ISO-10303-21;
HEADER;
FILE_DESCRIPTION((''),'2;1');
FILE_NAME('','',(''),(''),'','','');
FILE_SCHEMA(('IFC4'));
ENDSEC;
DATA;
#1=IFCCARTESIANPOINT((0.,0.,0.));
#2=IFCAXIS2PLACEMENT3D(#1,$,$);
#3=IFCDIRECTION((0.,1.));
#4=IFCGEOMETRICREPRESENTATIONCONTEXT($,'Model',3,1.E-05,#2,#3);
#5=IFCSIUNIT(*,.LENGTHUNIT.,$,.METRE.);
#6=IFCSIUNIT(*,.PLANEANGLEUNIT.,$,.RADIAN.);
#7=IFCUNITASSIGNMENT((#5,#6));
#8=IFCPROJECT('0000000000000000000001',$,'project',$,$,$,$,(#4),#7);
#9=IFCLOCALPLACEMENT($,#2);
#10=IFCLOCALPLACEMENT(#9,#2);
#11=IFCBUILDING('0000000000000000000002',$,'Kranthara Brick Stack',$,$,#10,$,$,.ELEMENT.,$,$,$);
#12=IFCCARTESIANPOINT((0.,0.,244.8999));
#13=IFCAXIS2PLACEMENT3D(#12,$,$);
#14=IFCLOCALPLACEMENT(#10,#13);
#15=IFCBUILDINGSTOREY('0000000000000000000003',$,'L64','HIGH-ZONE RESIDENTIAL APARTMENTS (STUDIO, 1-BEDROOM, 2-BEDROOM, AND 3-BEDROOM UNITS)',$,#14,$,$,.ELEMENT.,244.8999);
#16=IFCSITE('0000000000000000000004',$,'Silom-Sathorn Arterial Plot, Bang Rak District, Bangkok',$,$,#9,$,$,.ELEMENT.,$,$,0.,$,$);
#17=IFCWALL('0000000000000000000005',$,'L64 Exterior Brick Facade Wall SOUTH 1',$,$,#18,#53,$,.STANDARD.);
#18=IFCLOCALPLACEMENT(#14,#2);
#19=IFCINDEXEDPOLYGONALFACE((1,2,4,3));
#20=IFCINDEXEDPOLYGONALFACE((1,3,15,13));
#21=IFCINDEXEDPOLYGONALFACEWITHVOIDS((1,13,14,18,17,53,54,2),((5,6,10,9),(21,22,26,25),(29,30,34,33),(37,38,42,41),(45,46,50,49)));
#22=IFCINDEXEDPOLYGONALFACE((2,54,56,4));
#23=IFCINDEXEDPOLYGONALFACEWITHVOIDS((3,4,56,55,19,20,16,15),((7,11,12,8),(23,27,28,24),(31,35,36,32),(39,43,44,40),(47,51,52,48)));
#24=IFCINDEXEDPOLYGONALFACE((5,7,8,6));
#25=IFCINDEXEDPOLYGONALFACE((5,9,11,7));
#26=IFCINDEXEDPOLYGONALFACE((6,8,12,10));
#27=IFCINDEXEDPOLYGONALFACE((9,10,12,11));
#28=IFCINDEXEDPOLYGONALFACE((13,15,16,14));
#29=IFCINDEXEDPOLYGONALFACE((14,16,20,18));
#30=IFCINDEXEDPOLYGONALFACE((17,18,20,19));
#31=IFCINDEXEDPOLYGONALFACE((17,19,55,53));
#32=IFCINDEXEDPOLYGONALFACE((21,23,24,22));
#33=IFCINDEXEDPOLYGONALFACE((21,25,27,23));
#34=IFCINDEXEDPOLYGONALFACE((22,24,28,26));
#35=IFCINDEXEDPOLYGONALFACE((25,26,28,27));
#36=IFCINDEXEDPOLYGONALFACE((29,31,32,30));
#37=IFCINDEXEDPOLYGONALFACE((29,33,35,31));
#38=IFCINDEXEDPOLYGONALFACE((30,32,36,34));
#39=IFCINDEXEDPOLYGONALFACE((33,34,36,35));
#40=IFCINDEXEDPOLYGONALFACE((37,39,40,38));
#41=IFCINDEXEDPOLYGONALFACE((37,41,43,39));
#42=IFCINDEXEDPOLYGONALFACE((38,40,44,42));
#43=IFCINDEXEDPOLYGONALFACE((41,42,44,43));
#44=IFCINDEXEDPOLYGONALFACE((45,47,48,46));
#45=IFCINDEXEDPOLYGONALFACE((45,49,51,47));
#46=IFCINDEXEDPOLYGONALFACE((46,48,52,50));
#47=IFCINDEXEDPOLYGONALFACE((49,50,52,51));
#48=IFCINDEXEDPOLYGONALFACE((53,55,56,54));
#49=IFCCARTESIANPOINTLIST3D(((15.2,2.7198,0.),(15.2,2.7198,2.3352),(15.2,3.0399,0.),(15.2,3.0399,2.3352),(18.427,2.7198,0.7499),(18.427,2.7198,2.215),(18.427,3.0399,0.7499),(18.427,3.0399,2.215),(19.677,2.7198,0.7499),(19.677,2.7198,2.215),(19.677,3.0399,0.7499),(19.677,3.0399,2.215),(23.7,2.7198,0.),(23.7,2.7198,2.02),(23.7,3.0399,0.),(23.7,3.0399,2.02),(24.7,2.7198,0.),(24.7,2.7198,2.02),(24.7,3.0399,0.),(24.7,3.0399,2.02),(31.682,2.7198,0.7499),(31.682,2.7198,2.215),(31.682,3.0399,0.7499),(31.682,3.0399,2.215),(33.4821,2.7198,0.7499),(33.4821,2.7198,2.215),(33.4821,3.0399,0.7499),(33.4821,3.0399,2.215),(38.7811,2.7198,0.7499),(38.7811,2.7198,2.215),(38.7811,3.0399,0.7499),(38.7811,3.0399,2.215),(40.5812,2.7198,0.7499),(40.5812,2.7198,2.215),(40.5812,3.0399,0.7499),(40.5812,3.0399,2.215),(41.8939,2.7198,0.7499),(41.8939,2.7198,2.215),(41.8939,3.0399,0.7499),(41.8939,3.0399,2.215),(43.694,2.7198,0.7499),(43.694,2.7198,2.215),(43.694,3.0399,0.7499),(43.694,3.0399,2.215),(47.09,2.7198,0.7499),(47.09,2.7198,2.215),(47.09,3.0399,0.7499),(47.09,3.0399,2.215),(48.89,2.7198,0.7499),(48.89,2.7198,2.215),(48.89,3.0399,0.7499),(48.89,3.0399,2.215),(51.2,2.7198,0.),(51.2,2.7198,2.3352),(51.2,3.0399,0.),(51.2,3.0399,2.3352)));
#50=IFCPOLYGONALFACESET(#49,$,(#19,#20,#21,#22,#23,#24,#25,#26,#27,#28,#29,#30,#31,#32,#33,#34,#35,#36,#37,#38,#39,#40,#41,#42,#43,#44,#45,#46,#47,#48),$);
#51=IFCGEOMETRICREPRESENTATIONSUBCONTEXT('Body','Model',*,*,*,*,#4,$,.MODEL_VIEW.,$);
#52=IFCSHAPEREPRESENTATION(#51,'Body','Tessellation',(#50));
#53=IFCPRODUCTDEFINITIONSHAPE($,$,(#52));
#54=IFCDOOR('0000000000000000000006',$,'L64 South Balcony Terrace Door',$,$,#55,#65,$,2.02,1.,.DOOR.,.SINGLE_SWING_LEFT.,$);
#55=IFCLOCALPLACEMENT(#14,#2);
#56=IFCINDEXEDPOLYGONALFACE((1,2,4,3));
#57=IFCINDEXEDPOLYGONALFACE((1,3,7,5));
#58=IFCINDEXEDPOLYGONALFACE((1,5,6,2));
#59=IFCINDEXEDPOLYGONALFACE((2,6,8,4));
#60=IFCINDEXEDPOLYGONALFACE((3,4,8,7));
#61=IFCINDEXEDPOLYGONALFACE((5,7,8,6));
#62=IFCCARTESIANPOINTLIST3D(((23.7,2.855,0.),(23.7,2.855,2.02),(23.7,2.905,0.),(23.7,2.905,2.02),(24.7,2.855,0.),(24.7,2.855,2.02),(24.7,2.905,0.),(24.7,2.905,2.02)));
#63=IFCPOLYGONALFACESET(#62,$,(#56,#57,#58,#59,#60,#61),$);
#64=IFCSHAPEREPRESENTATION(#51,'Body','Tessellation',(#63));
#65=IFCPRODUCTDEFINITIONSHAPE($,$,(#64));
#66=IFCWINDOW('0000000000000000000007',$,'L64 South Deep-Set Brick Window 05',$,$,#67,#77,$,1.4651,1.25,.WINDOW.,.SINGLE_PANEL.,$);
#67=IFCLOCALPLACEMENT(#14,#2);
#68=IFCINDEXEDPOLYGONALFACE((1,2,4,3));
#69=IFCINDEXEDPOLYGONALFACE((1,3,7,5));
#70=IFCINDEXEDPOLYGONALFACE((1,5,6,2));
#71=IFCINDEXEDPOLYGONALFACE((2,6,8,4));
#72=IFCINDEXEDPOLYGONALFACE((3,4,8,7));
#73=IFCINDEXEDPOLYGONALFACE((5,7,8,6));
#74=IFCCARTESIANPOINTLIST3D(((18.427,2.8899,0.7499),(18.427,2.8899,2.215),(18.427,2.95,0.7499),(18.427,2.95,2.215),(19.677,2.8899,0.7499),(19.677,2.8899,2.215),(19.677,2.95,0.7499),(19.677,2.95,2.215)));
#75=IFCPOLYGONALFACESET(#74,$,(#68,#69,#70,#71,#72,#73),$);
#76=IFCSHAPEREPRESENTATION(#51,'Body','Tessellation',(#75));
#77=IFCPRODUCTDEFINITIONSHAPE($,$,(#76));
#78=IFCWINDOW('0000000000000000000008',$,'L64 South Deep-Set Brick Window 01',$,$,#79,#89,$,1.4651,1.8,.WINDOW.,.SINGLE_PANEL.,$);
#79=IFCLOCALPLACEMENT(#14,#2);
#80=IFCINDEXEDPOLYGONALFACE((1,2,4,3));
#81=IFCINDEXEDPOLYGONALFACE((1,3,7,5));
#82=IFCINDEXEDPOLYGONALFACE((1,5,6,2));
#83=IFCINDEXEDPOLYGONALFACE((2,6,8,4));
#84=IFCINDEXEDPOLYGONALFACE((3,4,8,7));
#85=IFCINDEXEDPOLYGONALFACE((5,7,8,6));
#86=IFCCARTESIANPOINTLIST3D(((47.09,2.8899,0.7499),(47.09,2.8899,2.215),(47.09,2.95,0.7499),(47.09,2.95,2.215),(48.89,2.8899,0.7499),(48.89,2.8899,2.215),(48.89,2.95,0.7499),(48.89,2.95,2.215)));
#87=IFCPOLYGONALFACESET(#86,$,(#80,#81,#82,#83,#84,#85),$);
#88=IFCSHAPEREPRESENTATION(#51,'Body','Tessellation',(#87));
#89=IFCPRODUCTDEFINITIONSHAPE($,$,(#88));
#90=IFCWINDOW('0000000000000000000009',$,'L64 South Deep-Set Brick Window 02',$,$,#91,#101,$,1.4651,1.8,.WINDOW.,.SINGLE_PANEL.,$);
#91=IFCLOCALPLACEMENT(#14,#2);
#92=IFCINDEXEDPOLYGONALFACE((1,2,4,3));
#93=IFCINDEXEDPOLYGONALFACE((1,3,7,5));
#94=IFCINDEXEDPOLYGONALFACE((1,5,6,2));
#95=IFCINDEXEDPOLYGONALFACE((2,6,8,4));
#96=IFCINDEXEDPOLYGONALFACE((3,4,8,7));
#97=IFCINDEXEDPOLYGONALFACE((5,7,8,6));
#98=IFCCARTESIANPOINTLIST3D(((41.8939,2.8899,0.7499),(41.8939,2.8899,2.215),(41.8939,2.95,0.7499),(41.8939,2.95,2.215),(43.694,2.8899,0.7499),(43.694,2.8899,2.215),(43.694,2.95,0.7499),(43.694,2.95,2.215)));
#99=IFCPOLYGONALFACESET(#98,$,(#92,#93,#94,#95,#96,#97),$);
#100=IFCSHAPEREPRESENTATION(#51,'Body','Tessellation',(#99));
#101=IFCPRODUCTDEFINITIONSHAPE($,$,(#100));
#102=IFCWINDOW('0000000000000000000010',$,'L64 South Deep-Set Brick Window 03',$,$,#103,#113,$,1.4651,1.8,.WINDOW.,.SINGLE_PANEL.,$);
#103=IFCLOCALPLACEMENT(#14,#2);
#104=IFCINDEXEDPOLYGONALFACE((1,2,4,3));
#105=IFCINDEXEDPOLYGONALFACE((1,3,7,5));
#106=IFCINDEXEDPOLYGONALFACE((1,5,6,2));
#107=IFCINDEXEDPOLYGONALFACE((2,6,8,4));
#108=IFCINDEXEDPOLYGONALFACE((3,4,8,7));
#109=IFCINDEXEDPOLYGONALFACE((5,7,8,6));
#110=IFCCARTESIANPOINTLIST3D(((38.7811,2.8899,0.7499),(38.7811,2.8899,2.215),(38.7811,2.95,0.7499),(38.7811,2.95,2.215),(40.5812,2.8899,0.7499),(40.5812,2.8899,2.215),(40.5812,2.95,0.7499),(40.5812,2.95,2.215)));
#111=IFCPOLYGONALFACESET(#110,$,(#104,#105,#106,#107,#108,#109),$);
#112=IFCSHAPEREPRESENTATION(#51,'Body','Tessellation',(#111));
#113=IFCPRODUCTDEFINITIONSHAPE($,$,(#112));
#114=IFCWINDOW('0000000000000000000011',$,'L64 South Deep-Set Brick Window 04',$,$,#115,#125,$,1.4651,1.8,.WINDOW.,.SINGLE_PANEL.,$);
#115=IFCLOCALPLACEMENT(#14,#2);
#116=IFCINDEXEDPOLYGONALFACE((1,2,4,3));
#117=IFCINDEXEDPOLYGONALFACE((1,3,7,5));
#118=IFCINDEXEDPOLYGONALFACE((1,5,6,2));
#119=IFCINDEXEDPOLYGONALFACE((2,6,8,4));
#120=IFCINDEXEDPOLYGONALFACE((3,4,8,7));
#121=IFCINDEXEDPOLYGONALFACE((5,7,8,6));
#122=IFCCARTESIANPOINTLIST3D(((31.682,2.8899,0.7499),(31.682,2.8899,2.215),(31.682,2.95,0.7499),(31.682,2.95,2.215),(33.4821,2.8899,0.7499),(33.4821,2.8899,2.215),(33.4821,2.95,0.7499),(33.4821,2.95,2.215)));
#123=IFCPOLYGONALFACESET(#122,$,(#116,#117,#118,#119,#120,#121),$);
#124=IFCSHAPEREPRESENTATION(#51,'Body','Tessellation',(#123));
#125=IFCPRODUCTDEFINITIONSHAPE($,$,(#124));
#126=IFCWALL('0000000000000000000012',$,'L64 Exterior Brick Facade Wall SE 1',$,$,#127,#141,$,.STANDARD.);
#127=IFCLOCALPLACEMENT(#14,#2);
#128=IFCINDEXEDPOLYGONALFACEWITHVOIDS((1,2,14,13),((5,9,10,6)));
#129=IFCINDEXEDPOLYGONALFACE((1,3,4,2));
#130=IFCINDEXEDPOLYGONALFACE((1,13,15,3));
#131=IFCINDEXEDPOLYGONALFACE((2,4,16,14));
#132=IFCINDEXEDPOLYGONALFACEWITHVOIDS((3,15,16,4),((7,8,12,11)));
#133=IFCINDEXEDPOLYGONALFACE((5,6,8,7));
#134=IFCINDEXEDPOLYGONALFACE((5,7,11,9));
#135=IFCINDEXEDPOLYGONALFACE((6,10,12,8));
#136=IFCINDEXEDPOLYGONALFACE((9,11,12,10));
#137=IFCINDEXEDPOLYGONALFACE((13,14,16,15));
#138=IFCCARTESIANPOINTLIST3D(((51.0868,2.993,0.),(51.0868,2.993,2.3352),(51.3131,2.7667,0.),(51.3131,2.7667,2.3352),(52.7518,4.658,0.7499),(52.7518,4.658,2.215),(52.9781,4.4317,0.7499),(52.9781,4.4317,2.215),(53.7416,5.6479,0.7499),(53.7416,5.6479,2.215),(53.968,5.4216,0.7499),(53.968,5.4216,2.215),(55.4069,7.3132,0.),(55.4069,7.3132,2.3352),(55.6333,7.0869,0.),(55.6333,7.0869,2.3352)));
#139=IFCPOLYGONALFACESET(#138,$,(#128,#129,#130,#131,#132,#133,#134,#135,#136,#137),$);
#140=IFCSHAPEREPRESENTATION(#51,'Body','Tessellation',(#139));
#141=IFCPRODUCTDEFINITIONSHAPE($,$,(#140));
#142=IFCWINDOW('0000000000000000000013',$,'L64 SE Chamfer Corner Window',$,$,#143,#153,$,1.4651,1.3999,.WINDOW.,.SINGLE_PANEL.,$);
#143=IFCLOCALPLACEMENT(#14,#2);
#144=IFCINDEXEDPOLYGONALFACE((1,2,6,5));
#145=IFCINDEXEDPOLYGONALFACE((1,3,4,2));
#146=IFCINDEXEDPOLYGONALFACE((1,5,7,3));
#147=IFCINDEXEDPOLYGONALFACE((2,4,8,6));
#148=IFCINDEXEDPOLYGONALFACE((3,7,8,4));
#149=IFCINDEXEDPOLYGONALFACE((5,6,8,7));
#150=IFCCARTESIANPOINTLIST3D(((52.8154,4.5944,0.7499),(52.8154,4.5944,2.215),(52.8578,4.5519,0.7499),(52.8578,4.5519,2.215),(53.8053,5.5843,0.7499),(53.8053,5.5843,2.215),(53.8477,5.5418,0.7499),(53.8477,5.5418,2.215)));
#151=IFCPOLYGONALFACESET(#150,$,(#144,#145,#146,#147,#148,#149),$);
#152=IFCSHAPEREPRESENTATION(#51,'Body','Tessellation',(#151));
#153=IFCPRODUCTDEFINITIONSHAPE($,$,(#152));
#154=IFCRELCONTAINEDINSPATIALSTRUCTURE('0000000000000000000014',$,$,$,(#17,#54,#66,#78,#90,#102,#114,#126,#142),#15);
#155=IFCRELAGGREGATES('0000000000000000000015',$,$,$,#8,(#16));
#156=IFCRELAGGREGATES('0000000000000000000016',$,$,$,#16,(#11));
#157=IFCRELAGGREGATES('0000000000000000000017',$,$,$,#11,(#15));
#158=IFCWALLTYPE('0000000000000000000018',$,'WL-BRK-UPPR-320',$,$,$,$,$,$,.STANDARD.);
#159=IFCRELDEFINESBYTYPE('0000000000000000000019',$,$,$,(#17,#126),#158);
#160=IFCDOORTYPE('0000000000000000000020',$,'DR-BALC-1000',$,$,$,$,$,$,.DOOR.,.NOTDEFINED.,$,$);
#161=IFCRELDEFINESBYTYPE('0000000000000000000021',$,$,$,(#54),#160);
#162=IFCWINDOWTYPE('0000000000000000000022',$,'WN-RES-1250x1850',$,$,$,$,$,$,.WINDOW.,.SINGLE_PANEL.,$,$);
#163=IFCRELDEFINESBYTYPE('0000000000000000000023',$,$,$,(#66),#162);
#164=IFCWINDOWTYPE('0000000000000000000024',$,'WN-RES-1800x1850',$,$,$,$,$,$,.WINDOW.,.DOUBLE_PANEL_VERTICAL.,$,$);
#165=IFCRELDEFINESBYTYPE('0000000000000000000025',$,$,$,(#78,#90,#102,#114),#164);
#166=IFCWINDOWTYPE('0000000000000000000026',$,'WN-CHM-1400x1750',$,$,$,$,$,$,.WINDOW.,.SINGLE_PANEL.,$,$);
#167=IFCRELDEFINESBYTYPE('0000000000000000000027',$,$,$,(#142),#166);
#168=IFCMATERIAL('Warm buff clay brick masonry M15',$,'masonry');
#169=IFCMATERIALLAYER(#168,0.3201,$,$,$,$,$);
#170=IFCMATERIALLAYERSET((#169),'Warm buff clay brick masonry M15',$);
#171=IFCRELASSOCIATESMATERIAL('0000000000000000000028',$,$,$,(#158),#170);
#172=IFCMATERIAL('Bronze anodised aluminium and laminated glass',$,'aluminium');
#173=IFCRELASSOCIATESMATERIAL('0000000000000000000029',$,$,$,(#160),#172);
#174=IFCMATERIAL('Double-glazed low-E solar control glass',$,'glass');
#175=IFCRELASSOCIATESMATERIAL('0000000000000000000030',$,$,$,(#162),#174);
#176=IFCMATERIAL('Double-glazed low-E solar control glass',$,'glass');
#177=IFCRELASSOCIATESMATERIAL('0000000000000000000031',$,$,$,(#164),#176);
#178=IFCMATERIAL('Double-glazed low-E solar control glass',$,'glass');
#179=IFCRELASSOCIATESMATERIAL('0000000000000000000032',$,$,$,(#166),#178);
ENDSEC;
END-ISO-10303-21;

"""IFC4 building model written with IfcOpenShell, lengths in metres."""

from ifc_helpers import new_model, si_unit, direction, frame, frame_2d, origin, place, context, subcontext, project, spatial, rectangle, extrude, material, layer, layer_set, type_object, element, fill, save


model = new_model("IFC4")

# Units and contexts
model_context = context("Model", 3, precision=1e-05, world=origin(), true_north=direction((0.0, 1.0)))
body_context = subcontext(model_context, "Body", "Model", "MODEL_VIEW")
ifc_project = project(units=[si_unit("LENGTHUNIT", "METRE"), si_unit("PLANEANGLEUNIT", "RADIAN")], contexts=[model_context])

# Site, building, storey
site_placement = place(None, origin())
site = spatial("IfcSite", under=ifc_project, at=site_placement, Name="Silom-Sathorn Arterial Plot, Bang Rak District, Bangkok", CompositionType="ELEMENT", RefElevation=0.0)
building_placement = place(site_placement, origin())
building = spatial("IfcBuilding", under=site, at=building_placement, Name="Kranthara Brick Stack", CompositionType="ELEMENT")
storey_placement = place(building_placement, frame((0.0, 0.0, 244.8999)))
storey = spatial("IfcBuildingStorey", under=building, at=storey_placement, Name="L64", Description="HIGH-ZONE RESIDENTIAL APARTMENTS (STUDIO, 1-BEDROOM, 2-BEDROOM, AND 3-BEDROOM UNITS)", CompositionType="ELEMENT", Elevation=244.8999)

# Wall, openings, door, windows
ifc_material_1 = material(Name="Warm buff clay brick masonry M15", Category="masonry")
ifc_layer_1 = layer(ifc_material_1, 0.3201)
ifc_layer_set_1 = layer_set([ifc_layer_1], Name="Warm buff clay brick masonry M15")
wall_type_1 = type_object("IfcWallType", Name="WL-BRK-UPPR-320", PredefinedType="STANDARD", material=ifc_layer_set_1)
wall_1_placement = place(storey_placement, frame((51.2, 2.8799, 0.0), z_axis=(0.0, 0.0, 1.0), x_axis=(-1.0, 0.0, 0.0)))
wall_1 = element("IfcWall", 1, at=wall_1_placement, inside=storey, type_object=wall_type_1, Name="L64 Exterior Brick Facade Wall SOUTH 1", PredefinedType="STANDARD", context=body_context, shape_type="SweptSolid", body=[
    extrude(rectangle(XDim=36.0, YDim=0.3201, at=frame_2d((18.0, 0.0))), origin(), (0.0, 0.0, 1.0), 2.3352),
])
opening_1_placement = place(wall_1_placement, frame((26.5, 0.0, 0.0)))
opening_1 = element("IfcOpeningElement", 2, at=opening_1_placement, cuts=wall_1, PredefinedType="OPENING", context=body_context, shape_type="SweptSolid", body=[
    extrude(rectangle(XDim=1.0, YDim=2.02, at=frame_2d((0.5, 1.01))), frame((0.0, 0.1699, 0.0), z_axis=(0.0, -1.0, 0.0), x_axis=(1.0, 0.0, 0.0)), (0.0, 0.0, 1.0), 0.3401),
])
opening_2_placement = place(wall_1_placement, frame((2.3101, 0.0, 0.75)))
opening_2 = element("IfcOpeningElement", 3, at=opening_2_placement, cuts=wall_1, PredefinedType="OPENING", context=body_context, shape_type="SweptSolid", body=[
    extrude(rectangle(XDim=1.8, YDim=1.4651, at=frame_2d((0.8999, 0.7324))), frame((0.0, 0.1699, 0.0), z_axis=(0.0, -1.0, 0.0), x_axis=(1.0, 0.0, 0.0)), (0.0, 0.0, 1.0), 0.3401),
])
opening_3_placement = place(wall_1_placement, frame((7.5061, 0.0, 0.75)))
opening_3 = element("IfcOpeningElement", 4, at=opening_3_placement, cuts=wall_1, PredefinedType="OPENING", context=body_context, shape_type="SweptSolid", body=[
    extrude(rectangle(XDim=1.8, YDim=1.4651, at=frame_2d((0.8999, 0.7324))), frame((0.0, 0.1699, 0.0), z_axis=(0.0, -1.0, 0.0), x_axis=(1.0, 0.0, 0.0)), (0.0, 0.0, 1.0), 0.3401),
])
opening_4_placement = place(wall_1_placement, frame((10.6189, 0.0, 0.75)))
opening_4 = element("IfcOpeningElement", 5, at=opening_4_placement, cuts=wall_1, PredefinedType="OPENING", context=body_context, shape_type="SweptSolid", body=[
    extrude(rectangle(XDim=1.8, YDim=1.4651, at=frame_2d((0.8999, 0.7324))), frame((0.0, 0.1699, 0.0), z_axis=(0.0, -1.0, 0.0), x_axis=(1.0, 0.0, 0.0)), (0.0, 0.0, 1.0), 0.3401),
])
opening_5_placement = place(wall_1_placement, frame((17.718, 0.0, 0.75)))
opening_5 = element("IfcOpeningElement", 6, at=opening_5_placement, cuts=wall_1, PredefinedType="OPENING", context=body_context, shape_type="SweptSolid", body=[
    extrude(rectangle(XDim=1.8, YDim=1.4651, at=frame_2d((0.8999, 0.7324))), frame((0.0, 0.1699, 0.0), z_axis=(0.0, -1.0, 0.0), x_axis=(1.0, 0.0, 0.0)), (0.0, 0.0, 1.0), 0.3401),
])
opening_6_placement = place(wall_1_placement, frame((31.5229, 0.0, 0.75)))
opening_6 = element("IfcOpeningElement", 7, at=opening_6_placement, cuts=wall_1, PredefinedType="OPENING", context=body_context, shape_type="SweptSolid", body=[
    extrude(rectangle(XDim=1.25, YDim=1.4651, at=frame_2d((0.625, 0.7324))), frame((0.0, 0.1699, 0.0), z_axis=(0.0, -1.0, 0.0), x_axis=(1.0, 0.0, 0.0)), (0.0, 0.0, 1.0), 0.3401),
])
ifc_material_2 = material(Name="Bronze anodised aluminium and laminated glass", Category="aluminium")
door_type_1 = type_object("IfcDoorType", Name="DR-BALC-1000", OperationType="NOTDEFINED", PredefinedType="DOOR", material=ifc_material_2)
door_1_placement = place(opening_1_placement, origin())
door_1 = element("IfcDoor", 8, at=door_1_placement, inside=storey, type_object=door_type_1, Name="L64 South Balcony Terrace Door", OperationType="SINGLE_SWING_LEFT", OverallHeight=2.02, OverallWidth=1.0, PredefinedType="DOOR", context=body_context, shape_type="SweptSolid", body=[
    extrude(rectangle(XDim=1.0, YDim=2.02, at=frame_2d((0.5, 1.01))), frame((0.0, 0.0249, 0.0), z_axis=(0.0, -1.0, 0.0), x_axis=(1.0, 0.0, 0.0)), (0.0, 0.0, 1.0), 0.05),
])
fill(opening_1, door_1)
ifc_material_3 = material(Name="Double-glazed low-E solar control glass", Category="glass")
window_type_1 = type_object("IfcWindowType", Name="WN-RES-1250x1850", PartitioningType="SINGLE_PANEL", PredefinedType="WINDOW", material=ifc_material_3)
window_1_placement = place(opening_6_placement, origin())
window_1 = element("IfcWindow", 9, at=window_1_placement, inside=storey, type_object=window_type_1, Name="L64 South Deep-Set Brick Window 05", OverallHeight=1.4651, OverallWidth=1.25, PartitioningType="SINGLE_PANEL", PredefinedType="WINDOW", context=body_context, shape_type="SweptSolid", body=[
    extrude(rectangle(XDim=1.25, YDim=1.4651, at=frame_2d((0.625, 0.7324))), frame((0.0, -0.01, 0.0), z_axis=(0.0, -1.0, 0.0), x_axis=(1.0, 0.0, 0.0)), (0.0, 0.0, 1.0), 0.0601),
])
fill(opening_6, window_1)
ifc_material_4 = material(Name="Double-glazed low-E solar control glass", Category="glass")
window_type_2 = type_object("IfcWindowType", Name="WN-RES-1800x1850", PartitioningType="DOUBLE_PANEL_VERTICAL", PredefinedType="WINDOW", material=ifc_material_4)
window_2_placement = place(opening_2_placement, origin())
window_2 = element("IfcWindow", 10, at=window_2_placement, inside=storey, type_object=window_type_2, Name="L64 South Deep-Set Brick Window 01", OverallHeight=1.4651, OverallWidth=1.8, PartitioningType="SINGLE_PANEL", PredefinedType="WINDOW", context=body_context, shape_type="SweptSolid", body=[
    extrude(rectangle(XDim=1.8, YDim=1.4651, at=frame_2d((0.8999, 0.7324))), frame((0.0, -0.01, 0.0), z_axis=(0.0, -1.0, 0.0), x_axis=(1.0, 0.0, 0.0)), (0.0, 0.0, 1.0), 0.0601),
])
fill(opening_2, window_2)
window_3_placement = place(opening_3_placement, origin())
window_3 = element("IfcWindow", 11, at=window_3_placement, inside=storey, type_object=window_type_2, Name="L64 South Deep-Set Brick Window 02", OverallHeight=1.4651, OverallWidth=1.8, PartitioningType="SINGLE_PANEL", PredefinedType="WINDOW", context=body_context, shape_type="SweptSolid", body=[
    extrude(rectangle(XDim=1.8, YDim=1.4651, at=frame_2d((0.8999, 0.7324))), frame((0.0, -0.01, 0.0), z_axis=(0.0, -1.0, 0.0), x_axis=(1.0, 0.0, 0.0)), (0.0, 0.0, 1.0), 0.0601),
])
fill(opening_3, window_3)
window_4_placement = place(opening_4_placement, origin())
window_4 = element("IfcWindow", 12, at=window_4_placement, inside=storey, type_object=window_type_2, Name="L64 South Deep-Set Brick Window 03", OverallHeight=1.4651, OverallWidth=1.8, PartitioningType="SINGLE_PANEL", PredefinedType="WINDOW", context=body_context, shape_type="SweptSolid", body=[
    extrude(rectangle(XDim=1.8, YDim=1.4651, at=frame_2d((0.8999, 0.7324))), frame((0.0, -0.01, 0.0), z_axis=(0.0, -1.0, 0.0), x_axis=(1.0, 0.0, 0.0)), (0.0, 0.0, 1.0), 0.0601),
])
fill(opening_4, window_4)
window_5_placement = place(opening_5_placement, origin())
window_5 = element("IfcWindow", 13, at=window_5_placement, inside=storey, type_object=window_type_2, Name="L64 South Deep-Set Brick Window 04", OverallHeight=1.4651, OverallWidth=1.8, PartitioningType="SINGLE_PANEL", PredefinedType="WINDOW", context=body_context, shape_type="SweptSolid", body=[
    extrude(rectangle(XDim=1.8, YDim=1.4651, at=frame_2d((0.8999, 0.7324))), frame((0.0, -0.01, 0.0), z_axis=(0.0, -1.0, 0.0), x_axis=(1.0, 0.0, 0.0)), (0.0, 0.0, 1.0), 0.0601),
])
fill(opening_5, window_5)

# Wall, opening, window
wall_2_placement = place(storey_placement, frame((55.52, 7.2, 0.0), z_axis=(0.0, 0.0, 1.0), x_axis=(-0.707107, -0.707107, 0.0)))
wall_2 = element("IfcWall", 14, at=wall_2_placement, inside=storey, type_object=wall_type_1, Name="L64 Exterior Brick Facade Wall SE 1", PredefinedType="STANDARD", context=body_context, shape_type="SweptSolid", body=[
    extrude(rectangle(XDim=6.1096, YDim=0.3201, at=frame_2d((3.0547, 0.0))), origin(), (0.0, 0.0, 1.0), 2.3352),
])
opening_7_placement = place(wall_2_placement, frame((2.355, 0.0, 0.75)))
opening_7 = element("IfcOpeningElement", 15, at=opening_7_placement, cuts=wall_2, PredefinedType="OPENING", context=body_context, shape_type="SweptSolid", body=[
    extrude(rectangle(XDim=1.3999, YDim=1.4651, at=frame_2d((0.7, 0.7324))), frame((0.0, 0.1699, 0.0), z_axis=(0.0, -1.0, 0.0), x_axis=(1.0, 0.0, 0.0)), (0.0, 0.0, 1.0), 0.3401),
])
ifc_material_5 = material(Name="Double-glazed low-E solar control glass", Category="glass")
window_type_3 = type_object("IfcWindowType", Name="WN-CHM-1400x1750", PartitioningType="SINGLE_PANEL", PredefinedType="WINDOW", material=ifc_material_5)
window_6_placement = place(opening_7_placement, origin())
window_6 = element("IfcWindow", 16, at=window_6_placement, inside=storey, type_object=window_type_3, Name="L64 SE Chamfer Corner Window", OverallHeight=1.4651, OverallWidth=1.3999, PartitioningType="SINGLE_PANEL", PredefinedType="WINDOW", context=body_context, shape_type="SweptSolid", body=[
    extrude(rectangle(XDim=1.3999, YDim=1.4651, at=frame_2d((0.7, 0.7324))), frame((0.0, -0.01, 0.0), z_axis=(0.0, -1.0, 0.0), x_axis=(1.0, 0.0, 0.0)), (0.0, 0.0, 1.0), 0.0601),
])
fill(opening_7, window_6)

save(model, "model.ifc")
